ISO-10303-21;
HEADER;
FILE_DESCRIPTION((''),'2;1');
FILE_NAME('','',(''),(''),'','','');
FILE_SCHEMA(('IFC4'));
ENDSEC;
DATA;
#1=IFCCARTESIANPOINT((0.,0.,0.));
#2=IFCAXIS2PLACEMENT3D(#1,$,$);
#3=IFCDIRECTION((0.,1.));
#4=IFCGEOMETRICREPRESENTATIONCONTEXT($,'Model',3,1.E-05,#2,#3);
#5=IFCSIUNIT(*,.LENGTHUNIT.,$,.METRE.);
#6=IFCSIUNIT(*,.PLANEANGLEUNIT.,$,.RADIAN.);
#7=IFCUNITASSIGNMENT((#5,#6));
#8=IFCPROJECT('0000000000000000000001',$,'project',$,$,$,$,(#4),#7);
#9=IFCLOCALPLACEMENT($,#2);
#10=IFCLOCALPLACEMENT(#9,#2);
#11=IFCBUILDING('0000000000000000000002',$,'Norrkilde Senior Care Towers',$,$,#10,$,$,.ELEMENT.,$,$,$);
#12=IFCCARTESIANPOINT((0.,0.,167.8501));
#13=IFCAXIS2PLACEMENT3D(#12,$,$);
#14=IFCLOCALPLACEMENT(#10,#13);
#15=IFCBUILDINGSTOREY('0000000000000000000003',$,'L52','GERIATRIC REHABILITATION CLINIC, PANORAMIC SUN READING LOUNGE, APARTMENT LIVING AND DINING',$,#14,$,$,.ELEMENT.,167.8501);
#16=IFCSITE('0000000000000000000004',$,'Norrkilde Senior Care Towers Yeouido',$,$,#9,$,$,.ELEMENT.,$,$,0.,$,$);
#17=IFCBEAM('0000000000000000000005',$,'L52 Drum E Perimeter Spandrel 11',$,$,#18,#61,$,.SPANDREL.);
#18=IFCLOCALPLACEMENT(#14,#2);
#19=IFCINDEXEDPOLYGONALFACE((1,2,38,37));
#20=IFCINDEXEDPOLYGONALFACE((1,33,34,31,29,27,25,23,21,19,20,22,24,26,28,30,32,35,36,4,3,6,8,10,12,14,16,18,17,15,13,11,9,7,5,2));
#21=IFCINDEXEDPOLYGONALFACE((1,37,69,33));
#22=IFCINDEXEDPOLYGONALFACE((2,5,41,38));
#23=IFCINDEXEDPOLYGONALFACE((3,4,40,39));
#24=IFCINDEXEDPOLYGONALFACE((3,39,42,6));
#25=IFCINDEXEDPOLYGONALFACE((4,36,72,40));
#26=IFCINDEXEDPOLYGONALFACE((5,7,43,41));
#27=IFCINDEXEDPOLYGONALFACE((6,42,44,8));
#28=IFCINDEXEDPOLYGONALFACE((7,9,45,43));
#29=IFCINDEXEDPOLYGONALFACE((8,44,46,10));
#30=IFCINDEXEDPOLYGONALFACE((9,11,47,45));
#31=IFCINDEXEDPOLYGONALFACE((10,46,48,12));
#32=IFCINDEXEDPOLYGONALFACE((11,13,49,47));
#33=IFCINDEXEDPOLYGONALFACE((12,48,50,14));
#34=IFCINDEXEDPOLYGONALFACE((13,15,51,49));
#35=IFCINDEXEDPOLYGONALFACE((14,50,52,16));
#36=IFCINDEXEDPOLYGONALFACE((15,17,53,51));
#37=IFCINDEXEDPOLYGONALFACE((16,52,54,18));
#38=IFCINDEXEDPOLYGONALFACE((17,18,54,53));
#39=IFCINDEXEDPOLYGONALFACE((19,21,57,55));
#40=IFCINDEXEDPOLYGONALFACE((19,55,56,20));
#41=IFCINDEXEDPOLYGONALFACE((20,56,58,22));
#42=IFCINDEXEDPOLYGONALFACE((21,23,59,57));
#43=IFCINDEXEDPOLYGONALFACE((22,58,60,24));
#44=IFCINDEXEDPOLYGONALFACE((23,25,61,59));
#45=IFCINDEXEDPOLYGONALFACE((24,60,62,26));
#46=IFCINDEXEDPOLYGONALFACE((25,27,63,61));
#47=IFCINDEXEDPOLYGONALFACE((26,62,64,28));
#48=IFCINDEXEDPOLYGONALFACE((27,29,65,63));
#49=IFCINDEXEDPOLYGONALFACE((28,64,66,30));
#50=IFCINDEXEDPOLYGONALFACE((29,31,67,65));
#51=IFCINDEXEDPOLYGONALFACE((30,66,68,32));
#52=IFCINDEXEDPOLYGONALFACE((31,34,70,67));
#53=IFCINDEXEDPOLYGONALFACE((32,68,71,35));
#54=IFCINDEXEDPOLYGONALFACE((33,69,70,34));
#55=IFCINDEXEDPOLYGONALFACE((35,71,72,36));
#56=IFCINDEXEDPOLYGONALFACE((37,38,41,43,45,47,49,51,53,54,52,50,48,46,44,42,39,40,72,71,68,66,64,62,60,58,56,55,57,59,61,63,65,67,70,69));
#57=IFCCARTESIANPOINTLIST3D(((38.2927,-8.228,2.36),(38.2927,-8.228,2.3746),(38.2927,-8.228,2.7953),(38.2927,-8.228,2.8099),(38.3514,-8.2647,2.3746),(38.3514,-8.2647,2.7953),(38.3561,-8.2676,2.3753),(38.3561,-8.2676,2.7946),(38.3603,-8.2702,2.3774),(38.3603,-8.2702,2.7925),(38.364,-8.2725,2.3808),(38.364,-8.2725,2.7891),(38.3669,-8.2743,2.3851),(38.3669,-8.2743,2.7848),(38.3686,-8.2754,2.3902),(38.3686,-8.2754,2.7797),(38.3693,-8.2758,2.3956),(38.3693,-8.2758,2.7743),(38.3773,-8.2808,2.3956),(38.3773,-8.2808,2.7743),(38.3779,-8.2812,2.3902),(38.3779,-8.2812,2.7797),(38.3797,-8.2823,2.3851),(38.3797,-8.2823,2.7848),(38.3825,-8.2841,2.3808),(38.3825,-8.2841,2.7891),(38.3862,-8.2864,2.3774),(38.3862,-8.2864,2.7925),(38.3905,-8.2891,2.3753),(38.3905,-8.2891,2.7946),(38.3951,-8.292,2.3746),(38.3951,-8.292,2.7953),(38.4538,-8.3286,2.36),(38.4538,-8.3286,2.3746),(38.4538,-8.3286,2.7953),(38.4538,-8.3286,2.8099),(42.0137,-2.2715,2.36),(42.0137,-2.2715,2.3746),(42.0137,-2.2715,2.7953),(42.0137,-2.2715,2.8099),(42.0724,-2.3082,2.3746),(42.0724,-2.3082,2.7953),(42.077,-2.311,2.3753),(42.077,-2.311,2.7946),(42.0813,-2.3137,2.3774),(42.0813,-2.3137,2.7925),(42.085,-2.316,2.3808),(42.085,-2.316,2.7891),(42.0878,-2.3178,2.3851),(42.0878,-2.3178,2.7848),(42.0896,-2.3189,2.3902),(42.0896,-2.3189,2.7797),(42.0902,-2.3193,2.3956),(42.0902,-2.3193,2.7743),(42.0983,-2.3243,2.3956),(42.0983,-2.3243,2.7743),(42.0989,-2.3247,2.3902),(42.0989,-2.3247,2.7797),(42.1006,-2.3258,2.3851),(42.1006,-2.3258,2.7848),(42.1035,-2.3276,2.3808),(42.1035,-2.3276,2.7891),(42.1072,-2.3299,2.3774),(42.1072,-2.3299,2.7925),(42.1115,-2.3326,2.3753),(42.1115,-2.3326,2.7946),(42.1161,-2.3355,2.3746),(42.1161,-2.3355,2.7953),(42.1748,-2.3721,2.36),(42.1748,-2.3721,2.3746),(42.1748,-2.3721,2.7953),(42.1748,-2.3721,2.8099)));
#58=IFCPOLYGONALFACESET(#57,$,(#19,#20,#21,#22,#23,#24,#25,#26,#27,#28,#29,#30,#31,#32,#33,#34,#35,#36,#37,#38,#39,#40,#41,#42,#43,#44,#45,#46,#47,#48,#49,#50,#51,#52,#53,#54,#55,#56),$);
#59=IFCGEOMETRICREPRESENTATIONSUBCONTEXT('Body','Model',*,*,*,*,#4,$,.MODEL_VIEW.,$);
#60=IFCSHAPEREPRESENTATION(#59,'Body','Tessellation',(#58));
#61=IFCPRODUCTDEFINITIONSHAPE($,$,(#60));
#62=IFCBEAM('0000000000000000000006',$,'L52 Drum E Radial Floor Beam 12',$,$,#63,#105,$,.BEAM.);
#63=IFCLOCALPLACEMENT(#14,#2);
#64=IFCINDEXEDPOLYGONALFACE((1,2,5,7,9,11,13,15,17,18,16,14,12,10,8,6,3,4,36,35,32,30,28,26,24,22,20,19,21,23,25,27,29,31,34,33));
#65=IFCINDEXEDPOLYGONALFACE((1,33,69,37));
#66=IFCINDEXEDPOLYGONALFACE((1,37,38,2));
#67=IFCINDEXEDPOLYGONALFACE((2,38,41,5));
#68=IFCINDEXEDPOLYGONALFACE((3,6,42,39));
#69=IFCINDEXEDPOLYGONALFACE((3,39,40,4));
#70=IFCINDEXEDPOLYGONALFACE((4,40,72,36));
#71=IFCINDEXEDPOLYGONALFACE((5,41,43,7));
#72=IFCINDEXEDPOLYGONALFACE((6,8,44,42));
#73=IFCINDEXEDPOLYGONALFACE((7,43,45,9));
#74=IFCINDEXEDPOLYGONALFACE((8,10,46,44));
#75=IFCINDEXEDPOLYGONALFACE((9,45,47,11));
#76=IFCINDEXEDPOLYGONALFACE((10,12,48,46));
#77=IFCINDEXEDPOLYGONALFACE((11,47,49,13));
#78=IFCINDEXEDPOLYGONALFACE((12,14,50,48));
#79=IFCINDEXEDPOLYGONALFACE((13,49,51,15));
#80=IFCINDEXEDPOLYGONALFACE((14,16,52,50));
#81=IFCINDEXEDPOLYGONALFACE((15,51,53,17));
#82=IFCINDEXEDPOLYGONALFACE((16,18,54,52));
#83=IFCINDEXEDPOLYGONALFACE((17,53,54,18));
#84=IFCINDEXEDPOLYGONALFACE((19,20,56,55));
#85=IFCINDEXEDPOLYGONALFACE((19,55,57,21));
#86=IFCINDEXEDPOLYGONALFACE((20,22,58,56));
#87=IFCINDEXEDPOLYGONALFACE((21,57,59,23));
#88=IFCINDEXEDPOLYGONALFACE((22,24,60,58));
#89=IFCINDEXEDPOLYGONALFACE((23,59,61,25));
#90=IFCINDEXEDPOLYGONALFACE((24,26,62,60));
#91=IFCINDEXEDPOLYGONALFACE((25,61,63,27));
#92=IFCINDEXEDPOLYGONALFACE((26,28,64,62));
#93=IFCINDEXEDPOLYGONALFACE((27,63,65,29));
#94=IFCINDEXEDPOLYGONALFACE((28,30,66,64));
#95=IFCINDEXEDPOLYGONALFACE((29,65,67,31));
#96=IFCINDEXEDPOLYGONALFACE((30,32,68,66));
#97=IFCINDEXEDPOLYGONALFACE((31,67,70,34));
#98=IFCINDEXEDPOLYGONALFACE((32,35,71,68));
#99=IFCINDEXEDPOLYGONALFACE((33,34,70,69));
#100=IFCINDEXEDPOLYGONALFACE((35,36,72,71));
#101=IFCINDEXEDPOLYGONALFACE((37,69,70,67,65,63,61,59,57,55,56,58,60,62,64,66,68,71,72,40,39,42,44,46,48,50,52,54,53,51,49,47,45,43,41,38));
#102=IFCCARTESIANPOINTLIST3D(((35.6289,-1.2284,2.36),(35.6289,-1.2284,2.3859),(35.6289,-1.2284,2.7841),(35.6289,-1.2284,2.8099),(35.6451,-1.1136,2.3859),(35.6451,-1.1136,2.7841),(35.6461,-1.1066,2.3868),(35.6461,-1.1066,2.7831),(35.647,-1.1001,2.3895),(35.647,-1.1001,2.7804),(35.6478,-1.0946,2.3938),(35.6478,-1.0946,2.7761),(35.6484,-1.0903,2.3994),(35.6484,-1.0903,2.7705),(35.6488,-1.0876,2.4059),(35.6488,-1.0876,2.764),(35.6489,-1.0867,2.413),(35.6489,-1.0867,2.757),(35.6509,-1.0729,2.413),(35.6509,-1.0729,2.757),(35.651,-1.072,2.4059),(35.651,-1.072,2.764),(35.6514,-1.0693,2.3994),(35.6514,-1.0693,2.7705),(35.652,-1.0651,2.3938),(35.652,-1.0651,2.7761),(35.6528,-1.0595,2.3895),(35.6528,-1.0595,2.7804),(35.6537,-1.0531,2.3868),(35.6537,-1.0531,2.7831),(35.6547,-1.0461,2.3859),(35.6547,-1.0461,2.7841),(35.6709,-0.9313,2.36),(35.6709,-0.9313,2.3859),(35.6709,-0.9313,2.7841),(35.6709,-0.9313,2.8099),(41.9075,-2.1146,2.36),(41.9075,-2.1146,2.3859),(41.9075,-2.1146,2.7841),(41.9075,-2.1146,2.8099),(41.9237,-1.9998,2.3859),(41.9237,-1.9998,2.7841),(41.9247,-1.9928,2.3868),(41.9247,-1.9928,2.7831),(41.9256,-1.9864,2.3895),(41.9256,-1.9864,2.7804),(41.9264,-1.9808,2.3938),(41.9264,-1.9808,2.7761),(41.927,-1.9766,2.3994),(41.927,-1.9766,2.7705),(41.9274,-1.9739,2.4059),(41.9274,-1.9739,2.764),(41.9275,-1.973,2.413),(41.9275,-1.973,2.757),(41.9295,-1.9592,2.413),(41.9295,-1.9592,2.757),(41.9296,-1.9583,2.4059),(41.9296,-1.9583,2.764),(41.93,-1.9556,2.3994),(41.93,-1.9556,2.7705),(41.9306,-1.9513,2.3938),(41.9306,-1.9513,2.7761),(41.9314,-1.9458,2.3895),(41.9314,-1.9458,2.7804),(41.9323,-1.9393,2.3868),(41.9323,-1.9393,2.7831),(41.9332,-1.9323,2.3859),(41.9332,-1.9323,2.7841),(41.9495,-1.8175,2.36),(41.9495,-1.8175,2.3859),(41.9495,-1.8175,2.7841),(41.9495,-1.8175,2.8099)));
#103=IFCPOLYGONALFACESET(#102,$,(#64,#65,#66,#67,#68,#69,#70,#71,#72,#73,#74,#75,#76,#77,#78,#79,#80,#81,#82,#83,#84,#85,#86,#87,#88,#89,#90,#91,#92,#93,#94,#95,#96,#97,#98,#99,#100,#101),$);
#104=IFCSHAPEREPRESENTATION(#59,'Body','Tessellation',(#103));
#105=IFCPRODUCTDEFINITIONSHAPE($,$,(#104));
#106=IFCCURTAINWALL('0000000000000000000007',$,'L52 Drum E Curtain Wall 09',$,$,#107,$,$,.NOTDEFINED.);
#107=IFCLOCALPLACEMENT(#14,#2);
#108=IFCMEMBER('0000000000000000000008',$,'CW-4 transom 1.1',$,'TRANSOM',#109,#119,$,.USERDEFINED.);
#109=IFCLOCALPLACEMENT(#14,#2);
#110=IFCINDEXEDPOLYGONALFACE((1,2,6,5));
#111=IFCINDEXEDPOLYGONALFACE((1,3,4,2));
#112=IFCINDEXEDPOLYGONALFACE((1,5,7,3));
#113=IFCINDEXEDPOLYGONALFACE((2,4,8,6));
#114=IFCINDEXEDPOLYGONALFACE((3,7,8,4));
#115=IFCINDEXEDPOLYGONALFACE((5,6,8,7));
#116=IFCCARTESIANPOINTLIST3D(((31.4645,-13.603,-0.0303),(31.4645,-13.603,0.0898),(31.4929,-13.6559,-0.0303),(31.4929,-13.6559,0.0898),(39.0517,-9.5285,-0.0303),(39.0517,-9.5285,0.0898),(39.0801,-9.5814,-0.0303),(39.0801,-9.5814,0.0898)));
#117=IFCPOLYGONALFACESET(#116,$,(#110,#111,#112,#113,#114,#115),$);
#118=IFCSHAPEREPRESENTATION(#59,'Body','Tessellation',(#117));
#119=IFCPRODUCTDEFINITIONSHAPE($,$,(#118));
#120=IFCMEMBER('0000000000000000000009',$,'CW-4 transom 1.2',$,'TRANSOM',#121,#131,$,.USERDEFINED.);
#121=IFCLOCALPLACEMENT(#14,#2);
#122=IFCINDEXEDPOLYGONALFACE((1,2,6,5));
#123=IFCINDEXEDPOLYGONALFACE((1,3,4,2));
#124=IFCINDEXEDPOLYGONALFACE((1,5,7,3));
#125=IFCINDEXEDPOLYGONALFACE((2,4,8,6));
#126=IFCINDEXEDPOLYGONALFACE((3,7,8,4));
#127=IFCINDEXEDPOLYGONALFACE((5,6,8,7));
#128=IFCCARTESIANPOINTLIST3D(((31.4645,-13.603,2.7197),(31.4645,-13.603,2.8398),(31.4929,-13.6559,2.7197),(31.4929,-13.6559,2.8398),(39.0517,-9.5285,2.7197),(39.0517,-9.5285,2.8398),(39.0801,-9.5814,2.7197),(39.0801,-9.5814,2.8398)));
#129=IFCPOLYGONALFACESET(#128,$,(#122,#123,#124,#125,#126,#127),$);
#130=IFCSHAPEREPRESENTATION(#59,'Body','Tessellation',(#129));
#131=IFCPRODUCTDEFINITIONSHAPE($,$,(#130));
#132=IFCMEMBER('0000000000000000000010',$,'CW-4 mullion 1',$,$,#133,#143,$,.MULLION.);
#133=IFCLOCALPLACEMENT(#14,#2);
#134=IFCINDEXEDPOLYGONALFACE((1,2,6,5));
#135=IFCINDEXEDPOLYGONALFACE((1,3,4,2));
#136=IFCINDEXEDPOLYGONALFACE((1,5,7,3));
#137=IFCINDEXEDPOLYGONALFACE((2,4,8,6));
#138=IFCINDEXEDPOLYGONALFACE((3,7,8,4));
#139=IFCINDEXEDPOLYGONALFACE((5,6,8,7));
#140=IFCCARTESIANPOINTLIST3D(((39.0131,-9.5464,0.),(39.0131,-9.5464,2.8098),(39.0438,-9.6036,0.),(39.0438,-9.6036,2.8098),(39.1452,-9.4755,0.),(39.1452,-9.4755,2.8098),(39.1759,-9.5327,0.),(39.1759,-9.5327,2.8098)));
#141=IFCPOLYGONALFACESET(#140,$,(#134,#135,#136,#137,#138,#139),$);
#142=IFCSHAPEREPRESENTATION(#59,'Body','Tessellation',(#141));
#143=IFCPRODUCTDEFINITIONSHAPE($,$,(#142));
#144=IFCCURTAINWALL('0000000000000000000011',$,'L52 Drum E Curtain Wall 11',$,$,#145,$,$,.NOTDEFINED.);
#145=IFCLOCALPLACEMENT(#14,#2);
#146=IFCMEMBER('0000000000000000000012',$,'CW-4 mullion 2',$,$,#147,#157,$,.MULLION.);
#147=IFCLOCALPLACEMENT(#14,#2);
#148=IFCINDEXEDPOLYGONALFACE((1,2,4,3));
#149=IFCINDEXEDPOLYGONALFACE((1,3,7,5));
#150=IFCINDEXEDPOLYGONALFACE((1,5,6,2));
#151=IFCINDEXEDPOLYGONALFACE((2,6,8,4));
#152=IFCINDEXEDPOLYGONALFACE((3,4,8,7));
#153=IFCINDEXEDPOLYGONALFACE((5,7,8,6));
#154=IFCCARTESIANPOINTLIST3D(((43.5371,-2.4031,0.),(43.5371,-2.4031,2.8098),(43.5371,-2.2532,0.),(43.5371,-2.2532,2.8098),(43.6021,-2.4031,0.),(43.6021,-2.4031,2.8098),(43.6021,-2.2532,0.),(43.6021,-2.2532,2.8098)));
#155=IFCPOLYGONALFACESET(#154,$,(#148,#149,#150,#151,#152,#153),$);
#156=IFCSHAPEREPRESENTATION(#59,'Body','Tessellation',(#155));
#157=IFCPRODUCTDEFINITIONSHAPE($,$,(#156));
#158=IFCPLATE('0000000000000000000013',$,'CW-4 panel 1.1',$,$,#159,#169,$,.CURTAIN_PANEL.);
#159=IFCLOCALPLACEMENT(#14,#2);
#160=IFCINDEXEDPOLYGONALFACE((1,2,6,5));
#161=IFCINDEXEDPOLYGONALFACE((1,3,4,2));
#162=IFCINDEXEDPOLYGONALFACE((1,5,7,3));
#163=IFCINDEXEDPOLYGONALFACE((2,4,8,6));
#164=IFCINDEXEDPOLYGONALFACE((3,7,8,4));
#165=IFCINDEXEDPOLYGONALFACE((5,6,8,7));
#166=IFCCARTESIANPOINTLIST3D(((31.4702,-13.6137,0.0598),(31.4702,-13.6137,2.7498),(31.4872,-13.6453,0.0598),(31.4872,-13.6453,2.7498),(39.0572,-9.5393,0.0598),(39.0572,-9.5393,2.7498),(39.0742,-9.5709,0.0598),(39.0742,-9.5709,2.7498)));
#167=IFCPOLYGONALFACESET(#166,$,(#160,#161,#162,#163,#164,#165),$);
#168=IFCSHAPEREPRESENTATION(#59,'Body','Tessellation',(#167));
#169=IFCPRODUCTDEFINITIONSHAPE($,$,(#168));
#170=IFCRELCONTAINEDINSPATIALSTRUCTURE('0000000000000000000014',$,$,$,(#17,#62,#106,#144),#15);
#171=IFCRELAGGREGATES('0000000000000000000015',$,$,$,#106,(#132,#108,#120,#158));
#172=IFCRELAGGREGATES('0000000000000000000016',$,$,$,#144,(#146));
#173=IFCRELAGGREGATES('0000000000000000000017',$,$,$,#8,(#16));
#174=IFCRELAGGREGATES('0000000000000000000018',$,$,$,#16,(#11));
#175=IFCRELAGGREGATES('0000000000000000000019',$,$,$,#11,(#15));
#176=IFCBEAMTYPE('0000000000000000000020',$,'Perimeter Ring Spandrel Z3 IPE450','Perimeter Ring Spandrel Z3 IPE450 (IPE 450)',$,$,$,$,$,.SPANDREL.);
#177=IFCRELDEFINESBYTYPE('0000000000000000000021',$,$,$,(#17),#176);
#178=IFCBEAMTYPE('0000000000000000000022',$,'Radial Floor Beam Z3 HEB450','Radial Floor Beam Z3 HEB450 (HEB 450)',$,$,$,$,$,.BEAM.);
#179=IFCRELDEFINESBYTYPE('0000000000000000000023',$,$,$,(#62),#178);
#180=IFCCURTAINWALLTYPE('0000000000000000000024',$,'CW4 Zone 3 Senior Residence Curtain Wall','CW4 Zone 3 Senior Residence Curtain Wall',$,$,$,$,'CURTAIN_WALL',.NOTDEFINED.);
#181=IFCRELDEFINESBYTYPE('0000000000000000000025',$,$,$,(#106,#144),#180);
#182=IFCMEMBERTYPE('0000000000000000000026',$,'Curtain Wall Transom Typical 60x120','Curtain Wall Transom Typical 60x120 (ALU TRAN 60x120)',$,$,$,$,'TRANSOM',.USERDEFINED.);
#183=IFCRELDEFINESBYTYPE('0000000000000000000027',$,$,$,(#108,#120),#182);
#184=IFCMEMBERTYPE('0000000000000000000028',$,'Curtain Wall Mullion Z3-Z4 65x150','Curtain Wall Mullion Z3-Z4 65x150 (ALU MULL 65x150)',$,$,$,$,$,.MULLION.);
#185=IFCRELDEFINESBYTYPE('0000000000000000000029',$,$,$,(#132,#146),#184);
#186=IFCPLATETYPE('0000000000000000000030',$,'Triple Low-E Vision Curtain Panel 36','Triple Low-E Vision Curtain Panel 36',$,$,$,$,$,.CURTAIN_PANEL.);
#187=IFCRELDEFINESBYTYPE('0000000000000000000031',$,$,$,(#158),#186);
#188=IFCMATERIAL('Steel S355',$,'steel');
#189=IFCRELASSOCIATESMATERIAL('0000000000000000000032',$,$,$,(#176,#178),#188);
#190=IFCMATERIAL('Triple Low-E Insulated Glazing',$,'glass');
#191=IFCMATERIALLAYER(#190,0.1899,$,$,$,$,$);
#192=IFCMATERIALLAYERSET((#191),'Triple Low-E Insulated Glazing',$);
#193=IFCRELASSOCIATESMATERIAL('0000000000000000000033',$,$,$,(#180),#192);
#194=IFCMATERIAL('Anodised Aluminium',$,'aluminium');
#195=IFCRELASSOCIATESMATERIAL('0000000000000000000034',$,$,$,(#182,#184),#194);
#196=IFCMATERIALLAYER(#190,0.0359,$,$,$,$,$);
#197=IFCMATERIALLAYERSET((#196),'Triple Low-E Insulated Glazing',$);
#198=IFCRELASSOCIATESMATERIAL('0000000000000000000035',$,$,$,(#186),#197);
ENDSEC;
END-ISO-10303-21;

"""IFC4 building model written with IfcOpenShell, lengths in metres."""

from ifc_helpers import new_model, si_unit, direction, frame, origin, origin_2d, place, context, subcontext, project, spatial, rectangle, i_section, extrude, source, transform, mapped, material, layer, layer_set, material_profile, profile_set, type_object, type_shapes, element, aggregate, save


model = new_model("IFC4")

# Units and contexts
model_context = context("Model", 3, precision=1e-05, world=origin(), true_north=direction((0.0, 1.0)))
body_context = subcontext(model_context, "Body", "Model", "MODEL_VIEW")
ifc_project = project(units=[si_unit("LENGTHUNIT", "METRE"), si_unit("PLANEANGLEUNIT", "RADIAN")], contexts=[model_context])

# Site, building, storey
site_placement = place(None, origin())
site = spatial("IfcSite", under=ifc_project, at=site_placement, Name="Norrkilde Senior Care Towers Yeouido", CompositionType="ELEMENT", RefElevation=0.0)
building_placement = place(site_placement, origin())
building = spatial("IfcBuilding", under=site, at=building_placement, Name="Norrkilde Senior Care Towers", CompositionType="ELEMENT")
storey_placement = place(building_placement, frame((0.0, 0.0, 167.8501)))
storey = spatial("IfcBuildingStorey", under=building, at=storey_placement, Name="L52", Description="GERIATRIC REHABILITATION CLINIC, PANORAMIC SUN READING LOUNGE, APARTMENT LIVING AND DINING", CompositionType="ELEMENT", Elevation=167.8501)

# Beams
ifc_material_1 = material(Name="Steel S355", Category="steel")
ifc_material_profile_1 = material_profile(ifc_material_1, i_section(OverallWidth=0.1899, OverallDepth=0.45, WebThickness=0.0095, FlangeThickness=0.0146, FilletRadius=0.021, at=origin_2d()), Name="IPE 450")
ifc_profile_set_1 = profile_set([ifc_material_profile_1], Name="Steel S355")
beam_type_1 = type_object("IfcBeamType", Name="Perimeter Ring Spandrel Z3 IPE450", Description="Perimeter Ring Spandrel Z3 IPE450 (IPE 450)", PredefinedType="SPANDREL", material=ifc_profile_set_1)
shared_shape_1 = source(origin(), body_context, "Body", "SweptSolid", [
    extrude(i_section(OverallWidth=0.1899, OverallDepth=0.45, WebThickness=0.0095, FlangeThickness=0.0146, FilletRadius=0.021, at=origin_2d()), origin(), (0.0, 0.0, 1.0), 7.0232),
])
beam_1_placement = place(storey_placement, frame((38.3733, -8.2783, 2.585), z_axis=(0.529805, 0.848119, 0.0), x_axis=(-0.848119, 0.529805, 0.0)))
element("IfcBeam", 1, at=beam_1_placement, inside=storey, type_object=beam_type_1, Name="L52 Drum E Perimeter Spandrel 11", PredefinedType="SPANDREL", context=body_context, shape_type="MappedRepresentation", body=[
    mapped(shared_shape_1, transform((0.0, 0.0, 0.0), x_axis=(1.0, 0.0, 0.0), y_axis=(0.0, 1.0, 0.0), z_axis=(0.0, 0.0, 1.0), scale=1.0)),
])
ifc_material_profile_2 = material_profile(ifc_material_1, i_section(OverallWidth=0.3, OverallDepth=0.45, WebThickness=0.0139, FlangeThickness=0.0259, FilletRadius=0.0271, at=origin_2d()), Name="HEB 450")
ifc_profile_set_2 = profile_set([ifc_material_profile_2], Name="Steel S355")
beam_type_2 = type_object("IfcBeamType", Name="Radial Floor Beam Z3 HEB450", Description="Radial Floor Beam Z3 HEB450 (HEB 450)", PredefinedType="BEAM", material=ifc_profile_set_2)
shared_shape_2 = source(origin(), body_context, "Body", "SweptSolid", [
    extrude(i_section(OverallWidth=0.3, OverallDepth=0.45, WebThickness=0.0139, FlangeThickness=0.0259, FilletRadius=0.0271, at=origin_2d()), origin(), (0.0, 0.0, 1.0), 6.3408),
])
type_shapes(beam_type_2, [shared_shape_2])
beam_2_placement = place(storey_placement, frame((35.6499, -1.0798, 2.585), z_axis=(0.990185, -0.139766, 0.0), x_axis=(0.139766, 0.990185, 0.0)))
element("IfcBeam", 2, at=beam_2_placement, inside=storey, type_object=beam_type_2, Name="L52 Drum E Radial Floor Beam 12", PredefinedType="BEAM", context=body_context, shape_type="MappedRepresentation", body=[
    mapped(shared_shape_2, transform((0.0, 0.0, 0.0), x_axis=(1.0, 0.0, 0.0), y_axis=(0.0, 1.0, 0.0), z_axis=(0.0, 0.0, 1.0), scale=1.0)),
])

# Curtain wall, members
ifc_material_2 = material(Name="Triple Low-E Insulated Glazing", Category="glass")
ifc_layer_1 = layer(ifc_material_2, 0.1899)
ifc_layer_set_1 = layer_set([ifc_layer_1], Name="Triple Low-E Insulated Glazing")
curtain_wall_type = type_object("IfcCurtainWallType", Name="CW4 Zone 3 Senior Residence Curtain Wall", Description="CW4 Zone 3 Senior Residence Curtain Wall", ElementType="CURTAIN_WALL", PredefinedType="NOTDEFINED", material=ifc_layer_set_1)
curtain_wall_1_placement = place(storey_placement, origin())
curtain_wall_1 = element("IfcCurtainWall", 3, at=curtain_wall_1_placement, inside=storey, type_object=curtain_wall_type, Name="L52 Drum E Curtain Wall 09", PredefinedType="NOTDEFINED")
ifc_material_3 = material(Name="Anodised Aluminium", Category="aluminium")
ifc_material_profile_3 = material_profile(ifc_material_3, rectangle(XDim=0.0601, YDim=0.1201, at=origin_2d()), Name="ALU TRAN 60x120")
ifc_profile_set_3 = profile_set([ifc_material_profile_3], Name="Anodised Aluminium")
member_type_1 = type_object("IfcMemberType", Name="Curtain Wall Transom Typical 60x120", Description="Curtain Wall Transom Typical 60x120 (ALU TRAN 60x120)", ElementType="TRANSOM", PredefinedType="USERDEFINED", material=ifc_profile_set_3)
shared_shape_3 = source(origin(), body_context, "Body", "SweptSolid", [
    extrude(rectangle(XDim=0.0601, YDim=0.1201, at=origin_2d()), origin(), (0.0, 0.0, 1.0), 8.6121),
])
type_shapes(member_type_1, [shared_shape_3])
member_1_placement = place(storey_placement, frame((39.0659, -9.5549, 0.0298), z_axis=(-0.881, -0.473116, 0.0), x_axis=(0.473116, -0.881, 0.0)))
member_1 = element("IfcMember", 4, at=member_1_placement, type_object=member_type_1, Name="CW-4 transom 1.1", ObjectType="TRANSOM", PredefinedType="USERDEFINED", context=body_context, shape_type="MappedRepresentation", body=[
    mapped(shared_shape_3, transform((0.0, 0.0, 0.0), x_axis=(1.0, 0.0, 0.0), y_axis=(0.0, 1.0, 0.0), z_axis=(0.0, 0.0, 1.0), scale=1.0)),
])
member_2_placement = place(storey_placement, frame((39.0659, -9.5549, 2.7798), z_axis=(-0.881, -0.473116, 0.0), x_axis=(0.473116, -0.881, 0.0)))
member_2 = element("IfcMember", 5, at=member_2_placement, type_object=member_type_1, Name="CW-4 transom 1.2", ObjectType="TRANSOM", PredefinedType="USERDEFINED", context=body_context, shape_type="MappedRepresentation", body=[
    mapped(shared_shape_3, transform((0.0, 0.0, 0.0), x_axis=(1.0, 0.0, 0.0), y_axis=(0.0, 1.0, 0.0), z_axis=(0.0, 0.0, 1.0), scale=1.0)),
])
ifc_material_profile_4 = material_profile(ifc_material_3, rectangle(XDim=0.0649, YDim=0.1499, at=origin_2d()), Name="ALU MULL 65x150")
ifc_profile_set_4 = profile_set([ifc_material_profile_4], Name="Anodised Aluminium")
member_type_2 = type_object("IfcMemberType", Name="Curtain Wall Mullion Z3-Z4 65x150", Description="Curtain Wall Mullion Z3-Z4 65x150 (ALU MULL 65x150)", PredefinedType="MULLION", material=ifc_profile_set_4)
shared_shape_4 = source(origin(), body_context, "Body", "SweptSolid", [
    extrude(rectangle(XDim=0.0649, YDim=0.1499, at=origin_2d()), origin(), (0.0, 0.0, 1.0), 2.8098),
])
type_shapes(member_type_2, [shared_shape_4])
member_3_placement = place(storey_placement, frame((39.0945, -9.5396, 0.0), z_axis=(0.0, 0.0, 1.0), x_axis=(0.473117, -0.881, 0.0)))
member_3 = element("IfcMember", 6, at=member_3_placement, type_object=member_type_2, Name="CW-4 mullion 1", PredefinedType="MULLION", context=body_context, shape_type="MappedRepresentation", body=[
    mapped(shared_shape_4, transform((0.0, 0.0, 0.0), x_axis=(1.0, 0.0, 0.0), y_axis=(0.0, 1.0, 0.0), z_axis=(0.0, 0.0, 1.0), scale=1.0)),
])

# Curtain wall, member
curtain_wall_2_placement = place(storey_placement, origin())
curtain_wall_2 = element("IfcCurtainWall", 7, at=curtain_wall_2_placement, inside=storey, type_object=curtain_wall_type, Name="L52 Drum E Curtain Wall 11", PredefinedType="NOTDEFINED")
member_4_placement = place(storey_placement, frame((43.5696, -2.3281, 0.0), z_axis=(0.0, 0.0, 1.0), x_axis=(1.0, 0.0, 0.0)))
member_4 = element("IfcMember", 8, at=member_4_placement, type_object=member_type_2, Name="CW-4 mullion 2", PredefinedType="MULLION", context=body_context, shape_type="MappedRepresentation", body=[
    mapped(shared_shape_4, transform((0.0, 0.0, 0.0), x_axis=(1.0, 0.0, 0.0), y_axis=(0.0, 1.0, 0.0), z_axis=(0.0, 0.0, 1.0), scale=1.0)),
])

# Plate
ifc_layer_2 = layer(ifc_material_2, 0.0359)
ifc_layer_set_2 = layer_set([ifc_layer_2], Name="Triple Low-E Insulated Glazing")
plate_type = type_object("IfcPlateType", Name="Triple Low-E Vision Curtain Panel 36", Description="Triple Low-E Vision Curtain Panel 36", PredefinedType="CURTAIN_PANEL", material=ifc_layer_set_2)
shared_shape_5 = source(origin(), body_context, "Body", "SweptSolid", [
    extrude(rectangle(XDim=8.6118, YDim=0.0359, at=origin_2d()), origin(), (0.0, 0.0, 1.0), 2.6899),
])
plate_1_placement = place(storey_placement, frame((35.2722, -11.5923, 0.0598), z_axis=(0.0, 0.0, 1.0), x_axis=(-0.881, -0.473117, 0.0)))
plate_1 = element("IfcPlate", 9, at=plate_1_placement, type_object=plate_type, Name="CW-4 panel 1.1", PredefinedType="CURTAIN_PANEL", context=body_context, shape_type="MappedRepresentation", body=[
    mapped(shared_shape_5, transform((0.0, 0.0, 0.0), x_axis=(1.0, 0.0, 0.0), y_axis=(0.0, 1.0, 0.0), z_axis=(0.0, 0.0, 1.0), scale=1.0)),
])
aggregate(curtain_wall_1, [member_3, member_1, member_2, plate_1])
aggregate(curtain_wall_2, [member_4])

save(model, "model.ifc")
